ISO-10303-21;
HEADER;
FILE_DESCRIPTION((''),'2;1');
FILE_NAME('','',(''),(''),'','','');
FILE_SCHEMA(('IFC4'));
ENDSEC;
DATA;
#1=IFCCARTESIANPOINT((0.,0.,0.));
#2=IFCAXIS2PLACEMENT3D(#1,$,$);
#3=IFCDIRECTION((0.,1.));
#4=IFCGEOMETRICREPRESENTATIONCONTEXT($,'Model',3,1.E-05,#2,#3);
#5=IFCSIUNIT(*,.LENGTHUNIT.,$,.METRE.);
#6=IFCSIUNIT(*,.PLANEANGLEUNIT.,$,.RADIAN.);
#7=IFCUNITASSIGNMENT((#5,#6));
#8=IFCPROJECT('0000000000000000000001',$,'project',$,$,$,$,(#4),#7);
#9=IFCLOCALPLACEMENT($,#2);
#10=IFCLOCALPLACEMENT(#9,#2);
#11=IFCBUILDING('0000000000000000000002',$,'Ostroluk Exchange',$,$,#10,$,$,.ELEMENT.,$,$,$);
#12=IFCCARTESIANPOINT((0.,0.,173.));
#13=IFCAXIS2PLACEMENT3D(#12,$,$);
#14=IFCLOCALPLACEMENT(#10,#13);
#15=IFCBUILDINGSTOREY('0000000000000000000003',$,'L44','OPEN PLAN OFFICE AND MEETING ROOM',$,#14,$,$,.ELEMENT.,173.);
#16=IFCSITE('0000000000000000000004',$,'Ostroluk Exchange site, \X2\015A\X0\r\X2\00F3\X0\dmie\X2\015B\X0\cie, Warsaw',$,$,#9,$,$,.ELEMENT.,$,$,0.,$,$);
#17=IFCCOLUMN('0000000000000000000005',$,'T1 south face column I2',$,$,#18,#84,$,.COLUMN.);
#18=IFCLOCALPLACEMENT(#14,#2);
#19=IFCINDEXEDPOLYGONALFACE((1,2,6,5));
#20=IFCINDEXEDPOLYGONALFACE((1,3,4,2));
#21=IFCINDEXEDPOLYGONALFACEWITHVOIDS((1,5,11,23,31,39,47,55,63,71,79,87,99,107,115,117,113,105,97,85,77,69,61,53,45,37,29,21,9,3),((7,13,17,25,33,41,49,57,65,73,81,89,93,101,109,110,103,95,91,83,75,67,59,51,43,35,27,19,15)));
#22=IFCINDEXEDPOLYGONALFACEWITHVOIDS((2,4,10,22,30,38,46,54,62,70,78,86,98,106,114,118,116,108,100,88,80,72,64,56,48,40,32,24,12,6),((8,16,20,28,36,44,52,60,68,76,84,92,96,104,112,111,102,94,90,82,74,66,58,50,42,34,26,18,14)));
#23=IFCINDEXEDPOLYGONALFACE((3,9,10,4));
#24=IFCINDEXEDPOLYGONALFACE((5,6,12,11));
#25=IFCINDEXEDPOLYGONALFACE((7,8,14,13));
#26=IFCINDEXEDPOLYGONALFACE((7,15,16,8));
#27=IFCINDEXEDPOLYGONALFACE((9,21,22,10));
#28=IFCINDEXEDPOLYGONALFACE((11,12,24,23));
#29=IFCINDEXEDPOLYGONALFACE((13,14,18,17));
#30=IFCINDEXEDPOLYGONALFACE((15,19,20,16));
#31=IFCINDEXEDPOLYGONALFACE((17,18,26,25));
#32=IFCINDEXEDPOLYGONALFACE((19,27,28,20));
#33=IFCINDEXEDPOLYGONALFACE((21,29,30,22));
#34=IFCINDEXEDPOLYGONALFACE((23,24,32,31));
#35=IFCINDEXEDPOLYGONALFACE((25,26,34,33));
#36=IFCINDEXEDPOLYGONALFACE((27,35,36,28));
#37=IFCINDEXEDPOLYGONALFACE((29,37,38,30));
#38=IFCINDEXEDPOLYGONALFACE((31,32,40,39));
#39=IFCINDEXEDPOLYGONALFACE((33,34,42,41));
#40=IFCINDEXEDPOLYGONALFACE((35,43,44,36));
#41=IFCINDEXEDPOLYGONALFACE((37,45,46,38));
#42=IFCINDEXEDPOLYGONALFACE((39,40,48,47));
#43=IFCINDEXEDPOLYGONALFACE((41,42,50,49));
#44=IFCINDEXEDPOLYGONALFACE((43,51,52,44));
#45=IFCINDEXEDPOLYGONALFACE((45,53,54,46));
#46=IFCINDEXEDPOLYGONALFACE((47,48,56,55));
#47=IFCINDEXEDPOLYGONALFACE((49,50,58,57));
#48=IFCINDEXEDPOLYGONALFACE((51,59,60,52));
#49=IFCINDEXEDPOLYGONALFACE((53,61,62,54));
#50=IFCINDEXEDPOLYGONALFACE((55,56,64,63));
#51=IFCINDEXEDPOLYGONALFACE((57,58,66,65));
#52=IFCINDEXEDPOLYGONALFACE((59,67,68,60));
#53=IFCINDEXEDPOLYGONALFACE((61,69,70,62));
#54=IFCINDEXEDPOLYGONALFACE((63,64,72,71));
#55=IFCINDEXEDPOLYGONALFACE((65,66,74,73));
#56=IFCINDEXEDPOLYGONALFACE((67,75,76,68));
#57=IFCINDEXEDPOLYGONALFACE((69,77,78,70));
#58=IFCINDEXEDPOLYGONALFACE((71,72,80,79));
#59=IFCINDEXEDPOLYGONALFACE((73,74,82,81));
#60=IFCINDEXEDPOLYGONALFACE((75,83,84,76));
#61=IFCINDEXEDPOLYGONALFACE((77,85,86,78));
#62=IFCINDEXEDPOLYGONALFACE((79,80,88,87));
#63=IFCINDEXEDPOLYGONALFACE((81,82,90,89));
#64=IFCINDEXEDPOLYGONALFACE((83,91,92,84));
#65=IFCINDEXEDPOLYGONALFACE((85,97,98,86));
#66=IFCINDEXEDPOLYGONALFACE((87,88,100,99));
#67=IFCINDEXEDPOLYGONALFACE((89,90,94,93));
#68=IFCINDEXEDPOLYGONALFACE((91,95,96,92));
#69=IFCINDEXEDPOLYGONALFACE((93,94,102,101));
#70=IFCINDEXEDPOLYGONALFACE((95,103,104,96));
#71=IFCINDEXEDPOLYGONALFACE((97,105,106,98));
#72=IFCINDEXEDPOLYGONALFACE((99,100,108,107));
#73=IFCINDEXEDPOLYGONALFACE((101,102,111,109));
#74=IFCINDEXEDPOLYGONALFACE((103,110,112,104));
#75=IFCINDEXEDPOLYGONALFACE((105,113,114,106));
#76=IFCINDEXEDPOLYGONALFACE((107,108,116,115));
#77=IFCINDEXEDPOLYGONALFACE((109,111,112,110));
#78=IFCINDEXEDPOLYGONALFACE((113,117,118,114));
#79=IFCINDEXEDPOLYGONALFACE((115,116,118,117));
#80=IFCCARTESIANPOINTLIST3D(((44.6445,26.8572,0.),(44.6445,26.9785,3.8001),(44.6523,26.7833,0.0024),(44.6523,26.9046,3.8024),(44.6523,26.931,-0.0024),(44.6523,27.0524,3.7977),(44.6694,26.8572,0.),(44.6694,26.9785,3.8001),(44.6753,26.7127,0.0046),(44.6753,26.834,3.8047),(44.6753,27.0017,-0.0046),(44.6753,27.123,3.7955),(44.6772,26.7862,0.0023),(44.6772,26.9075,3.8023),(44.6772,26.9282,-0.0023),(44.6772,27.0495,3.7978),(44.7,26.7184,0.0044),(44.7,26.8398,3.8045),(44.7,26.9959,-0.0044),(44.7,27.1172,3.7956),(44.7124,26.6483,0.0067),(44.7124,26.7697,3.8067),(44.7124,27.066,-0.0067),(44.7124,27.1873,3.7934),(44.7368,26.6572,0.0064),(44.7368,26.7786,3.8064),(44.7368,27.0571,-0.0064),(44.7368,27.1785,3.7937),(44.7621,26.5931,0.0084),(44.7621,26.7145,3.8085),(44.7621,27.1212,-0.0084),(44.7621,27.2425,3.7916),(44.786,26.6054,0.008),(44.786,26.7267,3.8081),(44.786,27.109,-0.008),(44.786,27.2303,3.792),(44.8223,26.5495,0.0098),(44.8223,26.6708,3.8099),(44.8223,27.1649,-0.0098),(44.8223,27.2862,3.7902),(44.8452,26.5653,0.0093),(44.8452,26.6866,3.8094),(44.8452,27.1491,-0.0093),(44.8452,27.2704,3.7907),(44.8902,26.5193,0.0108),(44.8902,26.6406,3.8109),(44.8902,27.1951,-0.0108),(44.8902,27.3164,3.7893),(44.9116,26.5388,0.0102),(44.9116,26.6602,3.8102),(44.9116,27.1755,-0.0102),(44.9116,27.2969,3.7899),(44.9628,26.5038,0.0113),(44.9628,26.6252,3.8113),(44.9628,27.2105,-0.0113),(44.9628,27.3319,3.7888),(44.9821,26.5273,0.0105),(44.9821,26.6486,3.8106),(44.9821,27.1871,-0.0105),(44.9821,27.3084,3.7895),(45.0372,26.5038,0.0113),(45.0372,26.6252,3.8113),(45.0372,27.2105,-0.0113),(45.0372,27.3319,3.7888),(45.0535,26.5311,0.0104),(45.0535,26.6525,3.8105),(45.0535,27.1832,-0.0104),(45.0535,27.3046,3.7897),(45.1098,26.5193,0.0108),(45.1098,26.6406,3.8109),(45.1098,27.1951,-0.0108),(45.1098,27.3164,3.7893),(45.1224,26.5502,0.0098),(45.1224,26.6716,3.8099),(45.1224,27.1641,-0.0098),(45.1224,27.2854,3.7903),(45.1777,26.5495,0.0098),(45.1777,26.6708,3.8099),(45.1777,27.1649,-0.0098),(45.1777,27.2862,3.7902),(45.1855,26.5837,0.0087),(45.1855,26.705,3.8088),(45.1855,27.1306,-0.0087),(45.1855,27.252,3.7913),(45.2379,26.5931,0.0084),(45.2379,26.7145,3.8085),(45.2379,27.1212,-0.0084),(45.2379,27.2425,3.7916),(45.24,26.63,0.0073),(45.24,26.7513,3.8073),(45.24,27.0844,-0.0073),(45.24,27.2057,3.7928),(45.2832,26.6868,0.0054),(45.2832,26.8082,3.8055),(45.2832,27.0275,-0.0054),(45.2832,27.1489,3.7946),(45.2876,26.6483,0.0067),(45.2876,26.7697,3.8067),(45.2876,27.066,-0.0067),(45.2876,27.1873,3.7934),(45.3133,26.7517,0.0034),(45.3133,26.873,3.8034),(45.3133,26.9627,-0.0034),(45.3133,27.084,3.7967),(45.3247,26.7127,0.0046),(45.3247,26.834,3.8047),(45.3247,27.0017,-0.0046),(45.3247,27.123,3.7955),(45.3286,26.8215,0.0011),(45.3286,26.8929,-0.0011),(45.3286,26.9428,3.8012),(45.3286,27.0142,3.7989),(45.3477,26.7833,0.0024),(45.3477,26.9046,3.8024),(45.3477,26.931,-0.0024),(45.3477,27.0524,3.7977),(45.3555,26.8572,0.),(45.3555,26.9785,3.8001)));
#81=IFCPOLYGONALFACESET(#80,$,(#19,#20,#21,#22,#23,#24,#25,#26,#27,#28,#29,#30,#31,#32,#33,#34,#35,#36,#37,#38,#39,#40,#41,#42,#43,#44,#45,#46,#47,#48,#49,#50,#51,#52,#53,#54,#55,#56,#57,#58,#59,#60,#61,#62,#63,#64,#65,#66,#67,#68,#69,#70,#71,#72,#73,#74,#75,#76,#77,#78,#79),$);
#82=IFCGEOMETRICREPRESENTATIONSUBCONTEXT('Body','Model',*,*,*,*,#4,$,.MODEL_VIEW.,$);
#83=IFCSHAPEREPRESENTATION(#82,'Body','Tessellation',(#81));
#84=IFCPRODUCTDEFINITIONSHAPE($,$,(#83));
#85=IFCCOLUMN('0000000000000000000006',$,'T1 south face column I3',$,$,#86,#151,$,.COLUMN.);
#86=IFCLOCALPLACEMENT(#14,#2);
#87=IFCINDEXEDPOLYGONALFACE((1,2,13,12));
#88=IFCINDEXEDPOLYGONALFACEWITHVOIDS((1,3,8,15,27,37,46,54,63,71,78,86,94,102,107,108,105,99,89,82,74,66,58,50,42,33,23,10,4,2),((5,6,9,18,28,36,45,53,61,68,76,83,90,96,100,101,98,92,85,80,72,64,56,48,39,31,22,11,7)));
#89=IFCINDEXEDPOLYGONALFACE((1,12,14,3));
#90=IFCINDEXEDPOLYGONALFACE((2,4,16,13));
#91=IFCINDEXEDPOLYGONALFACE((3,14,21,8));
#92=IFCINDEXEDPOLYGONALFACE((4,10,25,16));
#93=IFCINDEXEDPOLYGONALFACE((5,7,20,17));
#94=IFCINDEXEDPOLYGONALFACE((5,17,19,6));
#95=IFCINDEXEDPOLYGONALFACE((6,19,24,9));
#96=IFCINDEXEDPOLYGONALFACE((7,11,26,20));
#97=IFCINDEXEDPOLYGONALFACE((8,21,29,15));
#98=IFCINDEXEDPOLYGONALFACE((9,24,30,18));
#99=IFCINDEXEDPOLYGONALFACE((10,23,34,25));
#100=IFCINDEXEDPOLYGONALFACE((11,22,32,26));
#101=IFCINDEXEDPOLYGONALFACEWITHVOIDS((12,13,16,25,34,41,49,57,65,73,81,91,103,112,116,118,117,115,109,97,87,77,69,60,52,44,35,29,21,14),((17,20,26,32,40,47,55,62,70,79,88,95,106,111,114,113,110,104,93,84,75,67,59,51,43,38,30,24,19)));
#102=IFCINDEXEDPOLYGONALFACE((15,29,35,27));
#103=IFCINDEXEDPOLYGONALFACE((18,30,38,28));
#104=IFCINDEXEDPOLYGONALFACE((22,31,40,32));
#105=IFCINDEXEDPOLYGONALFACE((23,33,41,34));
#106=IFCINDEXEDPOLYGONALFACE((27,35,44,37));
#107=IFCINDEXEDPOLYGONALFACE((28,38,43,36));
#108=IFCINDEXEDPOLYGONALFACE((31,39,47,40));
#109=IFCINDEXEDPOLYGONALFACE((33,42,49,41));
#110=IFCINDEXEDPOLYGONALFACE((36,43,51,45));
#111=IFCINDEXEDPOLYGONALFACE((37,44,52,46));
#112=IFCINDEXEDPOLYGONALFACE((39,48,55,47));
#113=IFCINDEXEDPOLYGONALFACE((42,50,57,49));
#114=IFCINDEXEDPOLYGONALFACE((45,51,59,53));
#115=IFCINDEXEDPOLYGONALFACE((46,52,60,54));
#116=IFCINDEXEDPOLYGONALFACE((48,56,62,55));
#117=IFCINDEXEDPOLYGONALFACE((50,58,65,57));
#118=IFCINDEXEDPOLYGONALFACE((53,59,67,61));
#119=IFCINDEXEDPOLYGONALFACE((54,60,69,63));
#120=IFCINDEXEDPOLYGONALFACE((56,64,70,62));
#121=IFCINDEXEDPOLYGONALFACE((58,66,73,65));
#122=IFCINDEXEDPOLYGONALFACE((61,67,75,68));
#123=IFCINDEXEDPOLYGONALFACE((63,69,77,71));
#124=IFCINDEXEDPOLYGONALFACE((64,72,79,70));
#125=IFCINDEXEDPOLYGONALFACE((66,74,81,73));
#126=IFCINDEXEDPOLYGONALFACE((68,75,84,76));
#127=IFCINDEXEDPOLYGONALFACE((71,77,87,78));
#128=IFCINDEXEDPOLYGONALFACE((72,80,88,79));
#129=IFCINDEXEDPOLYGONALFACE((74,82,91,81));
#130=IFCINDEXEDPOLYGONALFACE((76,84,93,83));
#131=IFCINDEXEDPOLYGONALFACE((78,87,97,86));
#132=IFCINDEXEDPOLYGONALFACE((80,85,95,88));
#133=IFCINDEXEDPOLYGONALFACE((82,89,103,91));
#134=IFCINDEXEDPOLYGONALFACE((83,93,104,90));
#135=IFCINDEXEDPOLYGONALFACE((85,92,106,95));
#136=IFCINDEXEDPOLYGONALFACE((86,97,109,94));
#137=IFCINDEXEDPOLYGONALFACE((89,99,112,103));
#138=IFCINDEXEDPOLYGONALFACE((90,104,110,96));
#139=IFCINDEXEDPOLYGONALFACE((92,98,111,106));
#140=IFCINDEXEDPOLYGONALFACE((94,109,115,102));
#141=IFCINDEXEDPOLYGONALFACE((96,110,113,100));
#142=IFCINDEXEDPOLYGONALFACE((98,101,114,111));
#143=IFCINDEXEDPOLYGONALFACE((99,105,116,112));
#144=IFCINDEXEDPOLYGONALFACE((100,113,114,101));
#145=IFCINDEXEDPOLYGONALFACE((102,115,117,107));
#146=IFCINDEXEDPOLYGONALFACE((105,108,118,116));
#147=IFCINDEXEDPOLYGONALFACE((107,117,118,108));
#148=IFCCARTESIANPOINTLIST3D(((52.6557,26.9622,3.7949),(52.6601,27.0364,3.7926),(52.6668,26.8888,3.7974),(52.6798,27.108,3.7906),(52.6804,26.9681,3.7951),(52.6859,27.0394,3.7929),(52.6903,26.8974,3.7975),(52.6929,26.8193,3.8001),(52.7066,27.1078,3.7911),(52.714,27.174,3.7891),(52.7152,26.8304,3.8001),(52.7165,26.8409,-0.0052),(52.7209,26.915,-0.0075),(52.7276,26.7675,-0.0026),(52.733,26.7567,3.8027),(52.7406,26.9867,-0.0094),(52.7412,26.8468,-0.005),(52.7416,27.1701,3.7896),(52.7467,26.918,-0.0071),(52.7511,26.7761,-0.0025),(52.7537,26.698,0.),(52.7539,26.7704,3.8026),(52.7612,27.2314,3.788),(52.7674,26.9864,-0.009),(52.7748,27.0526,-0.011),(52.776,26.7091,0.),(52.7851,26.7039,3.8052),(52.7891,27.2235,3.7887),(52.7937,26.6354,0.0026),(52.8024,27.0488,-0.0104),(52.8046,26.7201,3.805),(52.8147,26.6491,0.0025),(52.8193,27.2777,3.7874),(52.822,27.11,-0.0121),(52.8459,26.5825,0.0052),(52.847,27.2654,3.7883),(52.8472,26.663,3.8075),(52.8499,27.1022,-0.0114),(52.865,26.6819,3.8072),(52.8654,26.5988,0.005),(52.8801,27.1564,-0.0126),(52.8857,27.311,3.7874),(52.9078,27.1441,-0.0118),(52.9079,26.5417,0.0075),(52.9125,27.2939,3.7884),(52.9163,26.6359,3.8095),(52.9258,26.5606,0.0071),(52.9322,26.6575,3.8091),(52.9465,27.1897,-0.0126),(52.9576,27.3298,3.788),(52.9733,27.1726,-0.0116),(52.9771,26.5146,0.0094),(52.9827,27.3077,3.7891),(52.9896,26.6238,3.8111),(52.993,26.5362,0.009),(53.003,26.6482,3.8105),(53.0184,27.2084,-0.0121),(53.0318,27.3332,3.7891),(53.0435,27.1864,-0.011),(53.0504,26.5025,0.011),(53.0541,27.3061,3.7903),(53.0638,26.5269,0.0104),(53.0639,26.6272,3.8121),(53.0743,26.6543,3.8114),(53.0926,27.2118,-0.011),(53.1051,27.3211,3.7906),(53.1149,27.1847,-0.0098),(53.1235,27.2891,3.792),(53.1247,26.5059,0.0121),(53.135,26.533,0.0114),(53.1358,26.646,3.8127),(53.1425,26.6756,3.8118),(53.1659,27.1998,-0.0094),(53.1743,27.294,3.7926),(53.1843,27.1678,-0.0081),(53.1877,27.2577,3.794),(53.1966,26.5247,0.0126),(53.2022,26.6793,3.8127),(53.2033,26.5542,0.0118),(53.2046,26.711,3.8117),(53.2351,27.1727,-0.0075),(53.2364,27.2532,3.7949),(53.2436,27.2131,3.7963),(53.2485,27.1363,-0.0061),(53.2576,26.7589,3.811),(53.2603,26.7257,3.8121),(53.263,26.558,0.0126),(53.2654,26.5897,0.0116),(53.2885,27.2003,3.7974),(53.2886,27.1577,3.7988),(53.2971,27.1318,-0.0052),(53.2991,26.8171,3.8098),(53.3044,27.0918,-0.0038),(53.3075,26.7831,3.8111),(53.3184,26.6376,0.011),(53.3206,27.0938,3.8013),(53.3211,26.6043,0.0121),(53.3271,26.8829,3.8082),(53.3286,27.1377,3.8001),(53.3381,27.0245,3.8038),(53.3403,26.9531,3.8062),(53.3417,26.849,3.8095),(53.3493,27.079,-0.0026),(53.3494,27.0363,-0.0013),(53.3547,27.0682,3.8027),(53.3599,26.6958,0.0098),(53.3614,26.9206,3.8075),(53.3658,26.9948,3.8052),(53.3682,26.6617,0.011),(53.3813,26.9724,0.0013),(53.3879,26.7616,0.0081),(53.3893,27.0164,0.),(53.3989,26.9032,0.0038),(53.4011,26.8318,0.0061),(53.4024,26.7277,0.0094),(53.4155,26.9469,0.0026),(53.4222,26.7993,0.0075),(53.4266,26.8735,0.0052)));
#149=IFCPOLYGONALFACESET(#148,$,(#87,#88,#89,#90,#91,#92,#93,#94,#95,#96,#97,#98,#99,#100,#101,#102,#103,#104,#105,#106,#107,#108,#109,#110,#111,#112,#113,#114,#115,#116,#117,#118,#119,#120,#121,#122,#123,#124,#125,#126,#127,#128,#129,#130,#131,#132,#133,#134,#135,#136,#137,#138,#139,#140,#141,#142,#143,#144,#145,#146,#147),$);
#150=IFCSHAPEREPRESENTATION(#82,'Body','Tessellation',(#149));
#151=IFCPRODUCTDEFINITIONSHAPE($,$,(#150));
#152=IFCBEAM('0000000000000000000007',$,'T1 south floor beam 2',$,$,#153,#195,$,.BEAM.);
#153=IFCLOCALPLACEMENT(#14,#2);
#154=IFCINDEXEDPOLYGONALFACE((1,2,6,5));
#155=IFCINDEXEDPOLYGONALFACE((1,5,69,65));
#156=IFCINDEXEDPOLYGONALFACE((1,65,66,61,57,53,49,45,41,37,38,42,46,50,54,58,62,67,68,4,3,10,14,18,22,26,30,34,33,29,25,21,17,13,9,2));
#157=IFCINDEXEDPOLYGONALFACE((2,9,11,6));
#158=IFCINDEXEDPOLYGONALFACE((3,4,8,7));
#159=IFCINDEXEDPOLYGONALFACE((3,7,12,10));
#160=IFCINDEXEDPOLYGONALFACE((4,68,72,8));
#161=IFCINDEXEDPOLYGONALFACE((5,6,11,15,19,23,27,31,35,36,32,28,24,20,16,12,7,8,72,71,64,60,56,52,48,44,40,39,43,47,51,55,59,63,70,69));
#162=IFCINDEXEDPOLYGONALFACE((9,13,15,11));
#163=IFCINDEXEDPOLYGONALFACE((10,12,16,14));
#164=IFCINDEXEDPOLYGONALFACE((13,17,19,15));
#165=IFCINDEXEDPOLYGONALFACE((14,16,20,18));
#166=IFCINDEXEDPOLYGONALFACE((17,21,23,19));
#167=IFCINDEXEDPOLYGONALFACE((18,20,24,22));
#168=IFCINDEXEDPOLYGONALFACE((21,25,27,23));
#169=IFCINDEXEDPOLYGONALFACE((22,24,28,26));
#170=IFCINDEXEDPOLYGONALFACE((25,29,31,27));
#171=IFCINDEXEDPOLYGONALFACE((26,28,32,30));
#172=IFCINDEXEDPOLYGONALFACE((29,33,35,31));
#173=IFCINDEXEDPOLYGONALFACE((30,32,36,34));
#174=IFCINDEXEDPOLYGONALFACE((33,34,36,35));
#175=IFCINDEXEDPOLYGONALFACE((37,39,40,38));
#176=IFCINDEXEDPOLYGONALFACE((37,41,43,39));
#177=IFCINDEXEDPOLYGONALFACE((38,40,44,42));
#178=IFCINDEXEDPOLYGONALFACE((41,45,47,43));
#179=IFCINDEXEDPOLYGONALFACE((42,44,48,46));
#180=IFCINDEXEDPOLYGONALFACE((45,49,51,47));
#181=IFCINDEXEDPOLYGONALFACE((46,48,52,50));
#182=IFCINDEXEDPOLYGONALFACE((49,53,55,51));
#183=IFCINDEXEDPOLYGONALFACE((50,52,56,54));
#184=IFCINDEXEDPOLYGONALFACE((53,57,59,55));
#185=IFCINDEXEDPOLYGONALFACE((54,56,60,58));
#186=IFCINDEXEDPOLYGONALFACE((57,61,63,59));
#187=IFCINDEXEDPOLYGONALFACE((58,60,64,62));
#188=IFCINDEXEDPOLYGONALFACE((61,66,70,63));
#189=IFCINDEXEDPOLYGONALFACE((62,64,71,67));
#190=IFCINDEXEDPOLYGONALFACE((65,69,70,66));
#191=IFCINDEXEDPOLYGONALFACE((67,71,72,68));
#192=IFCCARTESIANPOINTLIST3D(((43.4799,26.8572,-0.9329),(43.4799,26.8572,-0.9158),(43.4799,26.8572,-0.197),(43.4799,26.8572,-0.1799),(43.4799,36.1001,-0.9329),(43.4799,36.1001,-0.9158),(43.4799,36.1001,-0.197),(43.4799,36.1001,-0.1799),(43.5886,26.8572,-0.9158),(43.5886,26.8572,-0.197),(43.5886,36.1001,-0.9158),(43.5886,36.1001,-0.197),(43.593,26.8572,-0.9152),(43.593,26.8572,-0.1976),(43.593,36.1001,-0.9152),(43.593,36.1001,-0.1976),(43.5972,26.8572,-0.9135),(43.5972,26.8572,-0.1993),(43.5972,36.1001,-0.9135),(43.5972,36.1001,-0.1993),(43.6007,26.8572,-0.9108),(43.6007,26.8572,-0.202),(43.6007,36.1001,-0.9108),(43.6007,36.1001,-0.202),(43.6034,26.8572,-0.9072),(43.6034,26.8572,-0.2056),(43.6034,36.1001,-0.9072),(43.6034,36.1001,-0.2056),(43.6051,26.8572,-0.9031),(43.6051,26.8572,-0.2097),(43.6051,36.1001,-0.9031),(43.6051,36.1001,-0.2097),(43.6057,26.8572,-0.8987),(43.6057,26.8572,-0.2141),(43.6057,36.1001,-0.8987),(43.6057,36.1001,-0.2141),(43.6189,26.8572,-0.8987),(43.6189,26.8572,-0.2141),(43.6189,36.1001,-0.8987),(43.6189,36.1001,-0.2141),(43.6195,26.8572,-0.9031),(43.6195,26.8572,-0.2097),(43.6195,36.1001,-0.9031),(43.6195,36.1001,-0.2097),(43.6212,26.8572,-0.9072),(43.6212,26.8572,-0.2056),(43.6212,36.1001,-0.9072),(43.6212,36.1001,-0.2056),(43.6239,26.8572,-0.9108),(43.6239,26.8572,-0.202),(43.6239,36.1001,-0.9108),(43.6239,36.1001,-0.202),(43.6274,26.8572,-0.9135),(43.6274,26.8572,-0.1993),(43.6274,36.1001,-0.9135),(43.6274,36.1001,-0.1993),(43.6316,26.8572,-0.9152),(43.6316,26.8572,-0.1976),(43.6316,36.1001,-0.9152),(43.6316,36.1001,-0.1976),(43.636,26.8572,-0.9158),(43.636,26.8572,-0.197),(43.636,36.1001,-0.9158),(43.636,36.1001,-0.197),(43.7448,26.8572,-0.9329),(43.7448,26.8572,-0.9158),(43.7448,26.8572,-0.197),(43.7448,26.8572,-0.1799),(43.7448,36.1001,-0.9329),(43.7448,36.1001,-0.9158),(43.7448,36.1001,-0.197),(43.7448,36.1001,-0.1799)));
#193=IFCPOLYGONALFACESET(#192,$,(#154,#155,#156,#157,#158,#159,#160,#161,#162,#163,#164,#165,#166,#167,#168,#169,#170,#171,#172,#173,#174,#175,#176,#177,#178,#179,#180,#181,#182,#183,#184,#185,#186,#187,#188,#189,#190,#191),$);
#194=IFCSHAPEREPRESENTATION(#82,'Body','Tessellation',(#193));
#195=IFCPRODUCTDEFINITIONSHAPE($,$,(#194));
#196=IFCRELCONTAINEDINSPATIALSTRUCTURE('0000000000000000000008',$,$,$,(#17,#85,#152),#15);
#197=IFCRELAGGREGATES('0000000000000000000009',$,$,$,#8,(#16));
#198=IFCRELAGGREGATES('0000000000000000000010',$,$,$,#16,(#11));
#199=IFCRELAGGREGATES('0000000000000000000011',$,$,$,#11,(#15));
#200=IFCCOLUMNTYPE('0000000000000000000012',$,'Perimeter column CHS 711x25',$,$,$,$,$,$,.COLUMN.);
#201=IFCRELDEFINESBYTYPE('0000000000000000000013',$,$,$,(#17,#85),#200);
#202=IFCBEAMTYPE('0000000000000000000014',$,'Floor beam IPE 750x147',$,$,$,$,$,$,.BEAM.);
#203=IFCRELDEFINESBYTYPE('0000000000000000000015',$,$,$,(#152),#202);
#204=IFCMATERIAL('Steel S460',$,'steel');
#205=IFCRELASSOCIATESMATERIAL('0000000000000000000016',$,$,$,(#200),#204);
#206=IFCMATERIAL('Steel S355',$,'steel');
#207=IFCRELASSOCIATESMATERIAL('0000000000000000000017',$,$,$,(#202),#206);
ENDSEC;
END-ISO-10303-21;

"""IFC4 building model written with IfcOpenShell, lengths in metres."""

from ifc_helpers import new_model, si_unit, direction, frame, origin, origin_2d, place, context, subcontext, project, spatial, hollow_circle, i_section, extrude, material, material_profile, profile_set, type_object, element, save


model = new_model("IFC4")

# Units and contexts
model_context = context("Model", 3, precision=1e-05, world=origin(), true_north=direction((0.0, 1.0)))
body_context = subcontext(model_context, "Body", "Model", "MODEL_VIEW")
ifc_project = project(units=[si_unit("LENGTHUNIT", "METRE"), si_unit("PLANEANGLEUNIT", "RADIAN")], contexts=[model_context])

# Site, building, storey
site_placement = place(None, origin())
site = spatial("IfcSite", under=ifc_project, at=site_placement, Name="Ostroluk Exchange site, Śródmieście, Warsaw", CompositionType="ELEMENT", RefElevation=0.0)
building_placement = place(site_placement, origin())
building = spatial("IfcBuilding", under=site, at=building_placement, Name="Ostroluk Exchange", CompositionType="ELEMENT")
storey_placement = place(building_placement, frame((0.0, 0.0, 173.0)))
storey = spatial("IfcBuildingStorey", under=building, at=storey_placement, Name="L44", Description="OPEN PLAN OFFICE AND MEETING ROOM", CompositionType="ELEMENT", Elevation=173.0)

# Columns
ifc_material_1 = material(Name="Steel S460", Category="steel")
ifc_material_profile_1 = material_profile(ifc_material_1, hollow_circle(Radius=0.3555, WallThickness=0.0249, at=origin_2d()), Name="CHS 711x25")
ifc_profile_set_1 = profile_set([ifc_material_profile_1], Name="Steel S460")
column_type = type_object("IfcColumnType", Name="Perimeter column CHS 711x25", PredefinedType="COLUMN", material=ifc_profile_set_1)
column_1_placement = place(storey_placement, frame((45.0, 26.8572, 0.0), z_axis=(0.0, 0.031914, 0.999491), x_axis=(-1.0, 0.0, 0.0)))
element("IfcColumn", 1, at=column_1_placement, inside=storey, type_object=column_type, Name="T1 south face column I2", PredefinedType="COLUMN", context=body_context, shape_type="SweptSolid", body=[
    extrude(hollow_circle(Radius=0.3555, WallThickness=0.0249, at=origin_2d()), origin(), (0.0, 0.0, 1.0), 3.802),
])
column_2_placement = place(storey_placement, frame((53.0715, 26.8572, 0.0), z_axis=(-0.015987, 0.03191, 0.999363), x_axis=(-0.894067, -0.447933, 0.0)))
element("IfcColumn", 2, at=column_2_placement, inside=storey, type_object=column_type, Name="T1 south face column I3", PredefinedType="COLUMN", context=body_context, shape_type="SweptSolid", body=[
    extrude(hollow_circle(Radius=0.3555, WallThickness=0.0249, at=origin_2d()), origin(), (0.0, 0.0, 1.0), 3.8025),
])

# Beam
ifc_material_2 = material(Name="Steel S355", Category="steel")
ifc_material_profile_2 = material_profile(ifc_material_2, i_section(OverallWidth=0.2649, OverallDepth=0.7529, WebThickness=0.0132, FlangeThickness=0.0171, FilletRadius=0.0171, at=origin_2d()), Name="IPE 750x147")
ifc_profile_set_2 = profile_set([ifc_material_profile_2], Name="Steel S355")
beam_type_1 = type_object("IfcBeamType", Name="Floor beam IPE 750x147", PredefinedType="BEAM", material=ifc_profile_set_2)
for number, where, z_axis, x_axis, name in (
    (3, (43.6123, 36.1001, -0.5564), (0.0, -1.0, 0.0), (1.0, 0.0, 0.0), "T1 south floor beam 2"),
):
    element("IfcBeam", number, at=place(storey_placement, frame(where, z_axis=z_axis, x_axis=x_axis)), inside=storey, type_object=beam_type_1, Name=name, PredefinedType="BEAM", context=body_context, shape_type="SweptSolid", body=[
        extrude(i_section(OverallWidth=0.2649, OverallDepth=0.7529, WebThickness=0.0132, FlangeThickness=0.0171, FilletRadius=0.0171, at=origin_2d()), origin(), (0.0, 0.0, 1.0), 9.2429),
    ])

save(model, "model.ifc")
